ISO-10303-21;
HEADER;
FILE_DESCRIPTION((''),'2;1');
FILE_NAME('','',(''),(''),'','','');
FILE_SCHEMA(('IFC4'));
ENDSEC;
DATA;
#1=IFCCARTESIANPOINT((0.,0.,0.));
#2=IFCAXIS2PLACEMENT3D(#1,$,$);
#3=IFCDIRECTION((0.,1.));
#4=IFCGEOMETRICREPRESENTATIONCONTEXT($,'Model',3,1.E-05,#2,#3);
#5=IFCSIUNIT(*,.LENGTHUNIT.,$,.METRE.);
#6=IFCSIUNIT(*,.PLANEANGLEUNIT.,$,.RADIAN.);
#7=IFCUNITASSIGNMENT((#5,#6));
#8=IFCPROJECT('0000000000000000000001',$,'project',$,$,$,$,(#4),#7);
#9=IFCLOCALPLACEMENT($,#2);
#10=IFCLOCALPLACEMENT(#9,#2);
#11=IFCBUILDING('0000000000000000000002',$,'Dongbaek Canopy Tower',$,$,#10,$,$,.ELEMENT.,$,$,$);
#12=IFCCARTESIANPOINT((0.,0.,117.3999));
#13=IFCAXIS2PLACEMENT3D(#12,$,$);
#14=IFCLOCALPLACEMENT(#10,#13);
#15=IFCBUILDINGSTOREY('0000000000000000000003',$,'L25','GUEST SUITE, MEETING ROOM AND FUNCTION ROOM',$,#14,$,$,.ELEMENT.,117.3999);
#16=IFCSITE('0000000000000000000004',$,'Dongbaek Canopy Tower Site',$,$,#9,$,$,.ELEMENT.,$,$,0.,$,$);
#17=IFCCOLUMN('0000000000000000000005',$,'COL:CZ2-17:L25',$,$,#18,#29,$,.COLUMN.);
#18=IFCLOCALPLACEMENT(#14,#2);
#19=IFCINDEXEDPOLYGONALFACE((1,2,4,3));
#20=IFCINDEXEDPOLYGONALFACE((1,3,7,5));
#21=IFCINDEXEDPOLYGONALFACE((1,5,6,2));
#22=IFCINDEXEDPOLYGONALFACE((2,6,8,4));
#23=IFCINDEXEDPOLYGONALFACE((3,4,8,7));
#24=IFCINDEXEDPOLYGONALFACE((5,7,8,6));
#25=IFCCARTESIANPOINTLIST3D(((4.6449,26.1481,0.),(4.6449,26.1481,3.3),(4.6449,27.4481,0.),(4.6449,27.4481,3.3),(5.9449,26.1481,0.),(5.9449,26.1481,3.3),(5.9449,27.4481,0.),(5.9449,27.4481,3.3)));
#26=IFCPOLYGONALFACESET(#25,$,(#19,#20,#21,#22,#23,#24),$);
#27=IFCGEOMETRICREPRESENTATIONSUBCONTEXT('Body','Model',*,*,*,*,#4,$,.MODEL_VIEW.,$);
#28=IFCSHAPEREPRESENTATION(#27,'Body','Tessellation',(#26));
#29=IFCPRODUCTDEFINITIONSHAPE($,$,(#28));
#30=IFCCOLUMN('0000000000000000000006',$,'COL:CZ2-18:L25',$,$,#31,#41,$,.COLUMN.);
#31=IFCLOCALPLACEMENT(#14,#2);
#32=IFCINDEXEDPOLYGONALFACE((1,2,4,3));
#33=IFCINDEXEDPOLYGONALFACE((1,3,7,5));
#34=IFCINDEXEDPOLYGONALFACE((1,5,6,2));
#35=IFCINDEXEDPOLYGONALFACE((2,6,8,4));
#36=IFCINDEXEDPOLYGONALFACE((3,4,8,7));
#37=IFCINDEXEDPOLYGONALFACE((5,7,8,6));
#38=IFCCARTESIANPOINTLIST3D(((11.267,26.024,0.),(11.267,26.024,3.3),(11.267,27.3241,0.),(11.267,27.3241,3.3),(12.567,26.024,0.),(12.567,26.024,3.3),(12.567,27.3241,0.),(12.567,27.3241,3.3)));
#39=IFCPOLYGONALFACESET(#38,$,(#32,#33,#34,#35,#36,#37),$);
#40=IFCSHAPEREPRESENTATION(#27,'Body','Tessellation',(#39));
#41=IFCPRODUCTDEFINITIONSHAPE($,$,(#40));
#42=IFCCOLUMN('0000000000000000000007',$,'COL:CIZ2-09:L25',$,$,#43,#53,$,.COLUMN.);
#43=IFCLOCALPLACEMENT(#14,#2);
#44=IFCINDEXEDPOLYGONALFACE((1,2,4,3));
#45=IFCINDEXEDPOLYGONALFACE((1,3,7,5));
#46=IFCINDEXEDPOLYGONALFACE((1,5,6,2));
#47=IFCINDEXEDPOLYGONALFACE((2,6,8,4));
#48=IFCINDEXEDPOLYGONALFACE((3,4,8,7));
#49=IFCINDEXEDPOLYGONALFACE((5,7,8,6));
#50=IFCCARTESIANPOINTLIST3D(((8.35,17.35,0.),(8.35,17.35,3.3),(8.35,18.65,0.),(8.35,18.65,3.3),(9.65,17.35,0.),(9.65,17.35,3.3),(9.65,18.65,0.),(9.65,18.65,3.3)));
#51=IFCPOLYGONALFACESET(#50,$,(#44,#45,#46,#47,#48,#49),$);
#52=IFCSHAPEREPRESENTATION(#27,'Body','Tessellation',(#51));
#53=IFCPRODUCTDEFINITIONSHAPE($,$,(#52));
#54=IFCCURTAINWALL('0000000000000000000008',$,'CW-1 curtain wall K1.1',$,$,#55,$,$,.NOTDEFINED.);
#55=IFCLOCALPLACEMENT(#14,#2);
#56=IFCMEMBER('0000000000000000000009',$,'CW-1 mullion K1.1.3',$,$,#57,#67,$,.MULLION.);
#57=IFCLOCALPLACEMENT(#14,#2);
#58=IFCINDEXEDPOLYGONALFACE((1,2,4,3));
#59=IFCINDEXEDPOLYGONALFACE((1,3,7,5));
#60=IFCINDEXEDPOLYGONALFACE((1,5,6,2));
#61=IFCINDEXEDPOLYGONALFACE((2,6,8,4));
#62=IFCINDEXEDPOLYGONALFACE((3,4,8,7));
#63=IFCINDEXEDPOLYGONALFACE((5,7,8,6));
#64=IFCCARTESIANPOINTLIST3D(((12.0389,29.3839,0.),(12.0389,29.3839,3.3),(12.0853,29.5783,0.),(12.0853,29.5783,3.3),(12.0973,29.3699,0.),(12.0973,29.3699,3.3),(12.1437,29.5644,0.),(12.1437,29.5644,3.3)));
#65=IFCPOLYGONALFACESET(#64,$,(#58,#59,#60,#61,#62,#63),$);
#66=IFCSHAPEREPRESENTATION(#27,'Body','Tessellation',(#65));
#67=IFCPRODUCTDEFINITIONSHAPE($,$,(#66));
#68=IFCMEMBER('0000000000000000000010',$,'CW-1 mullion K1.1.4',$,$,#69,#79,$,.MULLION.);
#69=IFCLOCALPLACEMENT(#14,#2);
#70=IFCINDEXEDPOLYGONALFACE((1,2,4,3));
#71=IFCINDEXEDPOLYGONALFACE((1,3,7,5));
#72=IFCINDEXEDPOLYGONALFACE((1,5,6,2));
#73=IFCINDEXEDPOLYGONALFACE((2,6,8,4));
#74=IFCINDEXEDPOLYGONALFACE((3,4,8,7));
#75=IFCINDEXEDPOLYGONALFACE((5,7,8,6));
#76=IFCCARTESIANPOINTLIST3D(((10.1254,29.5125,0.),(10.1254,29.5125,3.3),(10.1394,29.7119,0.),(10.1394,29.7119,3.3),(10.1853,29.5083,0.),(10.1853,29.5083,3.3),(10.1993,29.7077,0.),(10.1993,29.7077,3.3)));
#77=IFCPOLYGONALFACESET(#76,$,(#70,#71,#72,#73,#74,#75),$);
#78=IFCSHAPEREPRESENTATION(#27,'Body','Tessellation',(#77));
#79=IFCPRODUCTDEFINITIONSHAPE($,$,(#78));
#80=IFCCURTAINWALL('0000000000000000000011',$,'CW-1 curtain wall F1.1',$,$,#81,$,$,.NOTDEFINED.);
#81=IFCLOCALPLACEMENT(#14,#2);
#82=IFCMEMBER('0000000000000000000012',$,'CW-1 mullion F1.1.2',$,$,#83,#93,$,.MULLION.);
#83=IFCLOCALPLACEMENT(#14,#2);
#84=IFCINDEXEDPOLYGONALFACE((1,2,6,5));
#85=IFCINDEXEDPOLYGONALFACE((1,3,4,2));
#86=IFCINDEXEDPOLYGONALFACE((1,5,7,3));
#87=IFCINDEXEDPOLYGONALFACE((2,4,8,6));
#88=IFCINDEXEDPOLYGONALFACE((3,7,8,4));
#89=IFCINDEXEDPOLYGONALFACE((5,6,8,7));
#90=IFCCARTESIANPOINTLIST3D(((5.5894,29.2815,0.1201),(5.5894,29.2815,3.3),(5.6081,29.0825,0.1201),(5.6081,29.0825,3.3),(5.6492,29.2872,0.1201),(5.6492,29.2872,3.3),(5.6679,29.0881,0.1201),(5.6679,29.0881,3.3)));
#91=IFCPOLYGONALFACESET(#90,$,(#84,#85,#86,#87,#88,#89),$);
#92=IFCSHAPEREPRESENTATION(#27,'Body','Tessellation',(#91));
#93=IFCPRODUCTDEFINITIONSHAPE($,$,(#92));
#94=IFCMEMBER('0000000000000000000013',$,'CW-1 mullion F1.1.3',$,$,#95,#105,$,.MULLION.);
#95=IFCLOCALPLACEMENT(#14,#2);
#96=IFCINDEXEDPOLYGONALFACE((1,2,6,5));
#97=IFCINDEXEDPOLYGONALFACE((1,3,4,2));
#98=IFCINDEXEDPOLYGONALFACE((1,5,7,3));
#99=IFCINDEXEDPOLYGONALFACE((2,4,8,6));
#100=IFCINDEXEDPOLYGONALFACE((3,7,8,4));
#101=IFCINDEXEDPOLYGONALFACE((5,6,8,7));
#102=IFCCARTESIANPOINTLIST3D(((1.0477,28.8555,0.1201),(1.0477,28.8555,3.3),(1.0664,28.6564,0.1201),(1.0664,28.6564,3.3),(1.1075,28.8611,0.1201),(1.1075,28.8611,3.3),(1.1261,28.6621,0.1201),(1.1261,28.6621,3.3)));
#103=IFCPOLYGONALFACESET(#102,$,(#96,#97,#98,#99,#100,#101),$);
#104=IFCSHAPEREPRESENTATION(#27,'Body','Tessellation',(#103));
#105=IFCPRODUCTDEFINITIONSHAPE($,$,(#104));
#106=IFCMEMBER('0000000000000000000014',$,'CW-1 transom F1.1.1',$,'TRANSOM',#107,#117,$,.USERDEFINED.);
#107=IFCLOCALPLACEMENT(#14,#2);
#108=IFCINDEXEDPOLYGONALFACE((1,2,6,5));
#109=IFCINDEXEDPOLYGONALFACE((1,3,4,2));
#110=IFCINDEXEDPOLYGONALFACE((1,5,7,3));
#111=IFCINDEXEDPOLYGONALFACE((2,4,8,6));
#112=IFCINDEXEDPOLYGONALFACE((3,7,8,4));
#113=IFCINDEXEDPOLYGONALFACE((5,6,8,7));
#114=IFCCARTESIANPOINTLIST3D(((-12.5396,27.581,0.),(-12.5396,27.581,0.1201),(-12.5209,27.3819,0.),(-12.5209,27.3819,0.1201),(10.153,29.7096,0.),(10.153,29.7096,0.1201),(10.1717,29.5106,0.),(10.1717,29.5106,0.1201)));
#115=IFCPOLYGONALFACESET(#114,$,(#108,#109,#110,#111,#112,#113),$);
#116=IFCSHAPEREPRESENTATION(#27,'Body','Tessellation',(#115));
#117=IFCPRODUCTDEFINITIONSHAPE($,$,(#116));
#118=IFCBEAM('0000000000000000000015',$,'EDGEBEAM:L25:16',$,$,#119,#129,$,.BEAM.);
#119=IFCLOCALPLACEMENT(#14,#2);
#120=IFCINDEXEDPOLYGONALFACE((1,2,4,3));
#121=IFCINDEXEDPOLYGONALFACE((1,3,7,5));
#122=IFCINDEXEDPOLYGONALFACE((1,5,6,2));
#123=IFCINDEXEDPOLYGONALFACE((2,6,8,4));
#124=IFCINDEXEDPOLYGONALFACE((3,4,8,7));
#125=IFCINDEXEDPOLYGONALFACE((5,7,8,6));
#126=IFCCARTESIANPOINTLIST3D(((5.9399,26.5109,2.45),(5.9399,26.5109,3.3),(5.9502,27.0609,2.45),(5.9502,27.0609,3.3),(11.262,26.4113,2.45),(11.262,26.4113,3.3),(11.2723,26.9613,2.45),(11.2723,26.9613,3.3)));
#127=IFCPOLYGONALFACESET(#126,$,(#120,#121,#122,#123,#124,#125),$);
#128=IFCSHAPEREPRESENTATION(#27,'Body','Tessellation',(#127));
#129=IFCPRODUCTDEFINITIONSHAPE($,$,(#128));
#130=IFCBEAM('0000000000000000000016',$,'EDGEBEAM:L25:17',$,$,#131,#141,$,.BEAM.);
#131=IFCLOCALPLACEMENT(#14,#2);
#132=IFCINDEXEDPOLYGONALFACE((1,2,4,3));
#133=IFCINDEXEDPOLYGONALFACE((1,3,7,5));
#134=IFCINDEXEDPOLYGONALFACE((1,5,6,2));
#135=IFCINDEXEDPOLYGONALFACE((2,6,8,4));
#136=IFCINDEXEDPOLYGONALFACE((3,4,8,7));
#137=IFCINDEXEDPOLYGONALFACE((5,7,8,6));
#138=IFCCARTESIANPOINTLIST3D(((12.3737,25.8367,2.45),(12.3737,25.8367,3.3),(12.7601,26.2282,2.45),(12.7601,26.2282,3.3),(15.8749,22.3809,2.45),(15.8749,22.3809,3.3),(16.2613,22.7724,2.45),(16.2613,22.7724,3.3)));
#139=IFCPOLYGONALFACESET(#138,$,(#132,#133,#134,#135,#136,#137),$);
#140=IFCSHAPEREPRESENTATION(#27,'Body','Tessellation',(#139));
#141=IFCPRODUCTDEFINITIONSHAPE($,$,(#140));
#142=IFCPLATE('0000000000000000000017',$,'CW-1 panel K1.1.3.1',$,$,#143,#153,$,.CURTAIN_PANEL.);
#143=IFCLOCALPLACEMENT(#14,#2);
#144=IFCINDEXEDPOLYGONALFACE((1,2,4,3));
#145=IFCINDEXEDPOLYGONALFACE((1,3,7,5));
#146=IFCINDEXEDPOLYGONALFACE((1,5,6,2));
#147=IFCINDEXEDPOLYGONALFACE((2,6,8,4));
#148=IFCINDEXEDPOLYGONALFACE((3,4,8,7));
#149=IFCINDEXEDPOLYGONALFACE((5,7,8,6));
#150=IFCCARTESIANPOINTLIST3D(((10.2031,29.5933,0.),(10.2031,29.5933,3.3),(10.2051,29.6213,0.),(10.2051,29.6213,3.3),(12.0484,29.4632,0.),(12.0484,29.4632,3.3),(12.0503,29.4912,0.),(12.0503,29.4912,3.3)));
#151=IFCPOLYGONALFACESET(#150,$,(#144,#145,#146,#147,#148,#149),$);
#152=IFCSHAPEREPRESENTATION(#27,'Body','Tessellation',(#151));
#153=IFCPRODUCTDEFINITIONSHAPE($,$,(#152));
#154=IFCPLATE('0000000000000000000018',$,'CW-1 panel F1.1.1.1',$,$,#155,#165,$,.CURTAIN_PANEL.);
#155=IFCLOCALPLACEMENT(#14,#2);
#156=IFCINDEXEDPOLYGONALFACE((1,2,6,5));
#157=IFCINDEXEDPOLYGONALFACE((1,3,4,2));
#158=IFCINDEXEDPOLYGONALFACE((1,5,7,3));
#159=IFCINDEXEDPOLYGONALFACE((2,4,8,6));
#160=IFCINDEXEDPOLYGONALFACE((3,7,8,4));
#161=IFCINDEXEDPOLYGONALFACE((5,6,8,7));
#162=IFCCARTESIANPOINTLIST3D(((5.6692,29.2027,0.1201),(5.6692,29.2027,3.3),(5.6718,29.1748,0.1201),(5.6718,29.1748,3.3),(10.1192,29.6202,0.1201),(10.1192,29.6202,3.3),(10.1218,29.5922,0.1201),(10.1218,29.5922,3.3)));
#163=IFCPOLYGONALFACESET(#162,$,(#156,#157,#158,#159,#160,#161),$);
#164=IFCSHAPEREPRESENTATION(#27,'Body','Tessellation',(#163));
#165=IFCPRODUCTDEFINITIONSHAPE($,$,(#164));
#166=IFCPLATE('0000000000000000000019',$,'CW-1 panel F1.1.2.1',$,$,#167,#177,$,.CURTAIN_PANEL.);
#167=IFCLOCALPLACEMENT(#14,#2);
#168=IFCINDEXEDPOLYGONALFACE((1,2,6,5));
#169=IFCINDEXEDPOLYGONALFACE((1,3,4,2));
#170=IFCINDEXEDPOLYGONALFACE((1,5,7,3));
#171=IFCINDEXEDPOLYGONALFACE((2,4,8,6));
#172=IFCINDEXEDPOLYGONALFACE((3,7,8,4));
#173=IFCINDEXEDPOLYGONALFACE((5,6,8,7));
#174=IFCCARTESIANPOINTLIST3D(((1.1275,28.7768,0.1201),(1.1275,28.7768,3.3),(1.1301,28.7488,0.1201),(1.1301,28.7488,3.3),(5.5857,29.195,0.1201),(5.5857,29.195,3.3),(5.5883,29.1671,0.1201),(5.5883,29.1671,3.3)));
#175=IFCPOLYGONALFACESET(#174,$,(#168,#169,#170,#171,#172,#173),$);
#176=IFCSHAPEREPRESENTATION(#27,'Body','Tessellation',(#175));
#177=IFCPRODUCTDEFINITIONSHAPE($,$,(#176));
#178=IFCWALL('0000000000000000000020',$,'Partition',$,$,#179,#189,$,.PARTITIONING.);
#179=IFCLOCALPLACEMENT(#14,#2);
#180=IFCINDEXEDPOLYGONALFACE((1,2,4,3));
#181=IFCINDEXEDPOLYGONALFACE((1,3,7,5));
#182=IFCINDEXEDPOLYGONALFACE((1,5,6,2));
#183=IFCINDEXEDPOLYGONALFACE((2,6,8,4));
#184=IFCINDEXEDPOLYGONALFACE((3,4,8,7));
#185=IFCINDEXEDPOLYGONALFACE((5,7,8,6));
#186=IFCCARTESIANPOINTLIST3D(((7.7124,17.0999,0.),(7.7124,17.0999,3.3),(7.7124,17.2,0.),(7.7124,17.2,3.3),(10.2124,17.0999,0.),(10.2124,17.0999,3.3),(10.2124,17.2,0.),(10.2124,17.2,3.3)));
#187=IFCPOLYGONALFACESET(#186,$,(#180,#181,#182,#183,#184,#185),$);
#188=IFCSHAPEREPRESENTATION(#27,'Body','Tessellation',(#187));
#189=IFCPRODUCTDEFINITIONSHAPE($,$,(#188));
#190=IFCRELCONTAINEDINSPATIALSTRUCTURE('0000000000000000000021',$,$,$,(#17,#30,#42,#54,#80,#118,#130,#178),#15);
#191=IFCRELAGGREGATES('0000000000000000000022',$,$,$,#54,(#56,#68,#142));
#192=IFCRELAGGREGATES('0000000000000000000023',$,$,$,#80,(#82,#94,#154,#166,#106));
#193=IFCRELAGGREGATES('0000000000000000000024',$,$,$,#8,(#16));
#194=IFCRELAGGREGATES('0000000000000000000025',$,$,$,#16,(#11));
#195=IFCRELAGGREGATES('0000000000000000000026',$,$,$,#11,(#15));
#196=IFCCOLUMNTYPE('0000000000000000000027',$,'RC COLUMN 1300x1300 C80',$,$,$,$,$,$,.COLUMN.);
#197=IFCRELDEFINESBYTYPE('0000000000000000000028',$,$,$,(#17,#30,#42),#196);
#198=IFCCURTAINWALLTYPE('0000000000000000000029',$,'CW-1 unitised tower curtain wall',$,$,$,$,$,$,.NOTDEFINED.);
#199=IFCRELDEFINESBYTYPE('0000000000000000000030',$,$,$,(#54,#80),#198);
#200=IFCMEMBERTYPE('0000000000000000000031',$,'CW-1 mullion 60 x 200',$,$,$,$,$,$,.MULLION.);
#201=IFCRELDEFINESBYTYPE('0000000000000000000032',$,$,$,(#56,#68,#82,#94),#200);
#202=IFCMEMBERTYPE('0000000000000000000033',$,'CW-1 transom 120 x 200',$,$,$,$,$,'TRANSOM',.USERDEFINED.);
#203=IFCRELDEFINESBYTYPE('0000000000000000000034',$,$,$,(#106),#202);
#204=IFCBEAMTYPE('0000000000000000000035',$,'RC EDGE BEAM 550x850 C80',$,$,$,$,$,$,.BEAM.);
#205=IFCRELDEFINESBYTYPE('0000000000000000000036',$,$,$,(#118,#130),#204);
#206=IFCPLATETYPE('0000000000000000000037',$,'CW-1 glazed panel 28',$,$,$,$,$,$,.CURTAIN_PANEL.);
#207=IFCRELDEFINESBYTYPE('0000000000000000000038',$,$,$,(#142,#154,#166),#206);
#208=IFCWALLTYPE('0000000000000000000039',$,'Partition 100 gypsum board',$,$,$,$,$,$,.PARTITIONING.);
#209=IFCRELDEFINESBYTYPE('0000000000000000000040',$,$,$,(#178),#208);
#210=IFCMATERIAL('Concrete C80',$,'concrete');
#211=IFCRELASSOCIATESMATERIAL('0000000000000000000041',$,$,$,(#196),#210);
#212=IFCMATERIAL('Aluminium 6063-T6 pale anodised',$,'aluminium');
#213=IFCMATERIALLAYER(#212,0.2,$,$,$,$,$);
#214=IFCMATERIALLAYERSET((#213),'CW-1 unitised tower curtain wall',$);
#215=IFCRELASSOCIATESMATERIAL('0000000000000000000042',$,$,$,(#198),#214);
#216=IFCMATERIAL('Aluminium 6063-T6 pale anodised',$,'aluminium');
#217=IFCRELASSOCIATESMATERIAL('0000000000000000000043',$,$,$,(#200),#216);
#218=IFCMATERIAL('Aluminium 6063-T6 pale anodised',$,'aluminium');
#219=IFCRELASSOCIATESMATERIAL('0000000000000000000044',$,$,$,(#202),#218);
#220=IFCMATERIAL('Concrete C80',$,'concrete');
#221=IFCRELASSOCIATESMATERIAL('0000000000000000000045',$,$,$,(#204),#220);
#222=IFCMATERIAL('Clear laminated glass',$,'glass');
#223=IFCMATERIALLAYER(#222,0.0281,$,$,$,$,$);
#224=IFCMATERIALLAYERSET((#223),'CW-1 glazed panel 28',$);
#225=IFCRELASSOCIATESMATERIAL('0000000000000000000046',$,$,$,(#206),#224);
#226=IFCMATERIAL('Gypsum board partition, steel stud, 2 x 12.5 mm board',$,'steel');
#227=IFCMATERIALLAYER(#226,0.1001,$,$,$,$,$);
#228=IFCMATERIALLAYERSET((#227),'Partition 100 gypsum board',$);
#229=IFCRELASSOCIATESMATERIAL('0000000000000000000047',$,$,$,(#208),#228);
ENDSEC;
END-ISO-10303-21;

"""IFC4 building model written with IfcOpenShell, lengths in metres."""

from ifc_helpers import new_model, si_unit, direction, frame, frame_2d, origin, origin_2d, place, context, subcontext, project, spatial, rectangle, extrude, material, layer, layer_set, material_profile, profile_set, type_object, element, aggregate, save


model = new_model("IFC4")

# Units and contexts
model_context = context("Model", 3, precision=1e-05, world=origin(), true_north=direction((0.0, 1.0)))
body_context = subcontext(model_context, "Body", "Model", "MODEL_VIEW")
ifc_project = project(units=[si_unit("LENGTHUNIT", "METRE"), si_unit("PLANEANGLEUNIT", "RADIAN")], contexts=[model_context])

# Site, building, storey
site_placement = place(None, origin())
site = spatial("IfcSite", under=ifc_project, at=site_placement, Name="Dongbaek Canopy Tower Site", CompositionType="ELEMENT", RefElevation=0.0)
building_placement = place(site_placement, origin())
building = spatial("IfcBuilding", under=site, at=building_placement, Name="Dongbaek Canopy Tower", CompositionType="ELEMENT")
storey_placement = place(building_placement, frame((0.0, 0.0, 117.3999)))
storey = spatial("IfcBuildingStorey", under=building, at=storey_placement, Name="L25", Description="GUEST SUITE, MEETING ROOM AND FUNCTION ROOM", CompositionType="ELEMENT", Elevation=117.3999)

# Columns
ifc_material_1 = material(Name="Concrete C80", Category="concrete")
ifc_material_profile_1 = material_profile(ifc_material_1, rectangle(XDim=1.3, YDim=1.3, at=origin_2d()), Name="RC COLUMN 1300x1300 C80")
ifc_profile_set_1 = profile_set([ifc_material_profile_1], Name="Concrete C80")
column_type = type_object("IfcColumnType", Name="RC COLUMN 1300x1300 C80", PredefinedType="COLUMN", material=ifc_profile_set_1)
for number, where, z_axis, x_axis, name in (
    (1, (5.2949, 26.7981, 0.0), (0.0, 0.0, 1.0), (1.0, 0.0, 0.0), "COL:CZ2-17:L25"),
    (2, (11.917, 26.6741, 0.0), (0.0, 0.0, 1.0), (1.0, 0.0, 0.0), "COL:CZ2-18:L25"),
    (3, (9.0, 18.0, 0.0), (0.0, 0.0, 1.0), (1.0, 0.0, 0.0), "COL:CIZ2-09:L25"),
):
    element("IfcColumn", number, at=place(storey_placement, frame(where, z_axis=z_axis, x_axis=x_axis)), inside=storey, type_object=column_type, Name=name, PredefinedType="COLUMN", context=body_context, shape_type="SweptSolid", body=[
        extrude(rectangle(XDim=1.3, YDim=1.3, at=origin_2d()), origin(), (0.0, 0.0, 1.0), 3.3),
    ])

# Curtain walls, members
ifc_material_2 = material(Name="Aluminium 6063-T6 pale anodised", Category="aluminium")
ifc_layer_1 = layer(ifc_material_2, 0.2)
ifc_layer_set_1 = layer_set([ifc_layer_1], Name="CW-1 unitised tower curtain wall")
curtain_wall_type = type_object("IfcCurtainWallType", Name="CW-1 unitised tower curtain wall", PredefinedType="NOTDEFINED", material=ifc_layer_set_1)
curtain_wall_1_placement = place(storey_placement, origin())
curtain_wall_1 = element("IfcCurtainWall", 4, at=curtain_wall_1_placement, inside=storey, type_object=curtain_wall_type, Name="CW-1 curtain wall K1.1", PredefinedType="NOTDEFINED")
ifc_material_3 = material(Name="Aluminium 6063-T6 pale anodised", Category="aluminium")
ifc_material_profile_2 = material_profile(ifc_material_3, rectangle(XDim=0.2, YDim=0.0601, at=origin_2d()), Name="CW-1 mullion 60 x 200")
ifc_profile_set_2 = profile_set([ifc_material_profile_2], Name="Aluminium 6063-T6 pale anodised")
member_type_1 = type_object("IfcMemberType", Name="CW-1 mullion 60 x 200", PredefinedType="MULLION", material=ifc_profile_set_2)
member_1_placement = place(storey_placement, frame((12.0913, 29.4741, 0.0), z_axis=(0.0, 0.0, 1.0), x_axis=(0.232218, 0.972664, 0.0)))
member_1 = element("IfcMember", 5, at=member_1_placement, type_object=member_type_1, Name="CW-1 mullion K1.1.3", PredefinedType="MULLION", context=body_context, shape_type="SweptSolid", body=[
    extrude(rectangle(XDim=0.2, YDim=0.0601, at=origin_2d()), origin(), (0.0, 0.0, 1.0), 3.3),
])
member_2_placement = place(storey_placement, frame((10.1624, 29.6101, 0.0), z_axis=(0.0, 0.0, 1.0), x_axis=(0.070354, 0.997522, 0.0)))
member_2 = element("IfcMember", 6, at=member_2_placement, type_object=member_type_1, Name="CW-1 mullion K1.1.4", PredefinedType="MULLION", context=body_context, shape_type="SweptSolid", body=[
    extrude(rectangle(XDim=0.2, YDim=0.0601, at=origin_2d()), origin(), (0.0, 0.0, 1.0), 3.3),
])
curtain_wall_2_placement = place(storey_placement, origin())
curtain_wall_2 = element("IfcCurtainWall", 7, at=curtain_wall_2_placement, inside=storey, type_object=curtain_wall_type, Name="CW-1 curtain wall F1.1", PredefinedType="NOTDEFINED")
member_3_placement = place(storey_placement, frame((5.6287, 29.1848, 0.1201), z_axis=(0.0, 0.0, 1.0), x_axis=(-0.093398, 0.995629, 0.0)))
member_3 = element("IfcMember", 8, at=member_3_placement, type_object=member_type_1, Name="CW-1 mullion F1.1.2", PredefinedType="MULLION", context=body_context, shape_type="SweptSolid", body=[
    extrude(rectangle(XDim=0.2, YDim=0.0601, at=origin_2d()), origin(), (0.0, 0.0, 1.0), 3.1799),
])
member_4_placement = place(storey_placement, frame((1.0869, 28.7588, 0.1201), z_axis=(0.0, 0.0, 1.0), x_axis=(-0.093398, 0.995629, 0.0)))
member_4 = element("IfcMember", 9, at=member_4_placement, type_object=member_type_1, Name="CW-1 mullion F1.1.3", PredefinedType="MULLION", context=body_context, shape_type="SweptSolid", body=[
    extrude(rectangle(XDim=0.2, YDim=0.0601, at=origin_2d()), origin(), (0.0, 0.0, 1.0), 3.1799),
])
ifc_material_4 = material(Name="Aluminium 6063-T6 pale anodised", Category="aluminium")
ifc_material_profile_3 = material_profile(ifc_material_4, rectangle(XDim=0.2, YDim=0.1201, at=origin_2d()), Name="CW-1 transom 120 x 200")
ifc_profile_set_3 = profile_set([ifc_material_profile_3], Name="Aluminium 6063-T6 pale anodised")
member_type_2 = type_object("IfcMemberType", Name="CW-1 transom 120 x 200", ElementType="TRANSOM", PredefinedType="USERDEFINED", material=ifc_profile_set_3)
member_5_placement = place(storey_placement, frame((10.1624, 29.6101, 0.0601), z_axis=(-0.995629, -0.093394, 0.0), x_axis=(0.093394, -0.995629, 0.0)))
member_5 = element("IfcMember", 10, at=member_5_placement, type_object=member_type_2, Name="CW-1 transom F1.1.1", ObjectType="TRANSOM", PredefinedType="USERDEFINED", context=body_context, shape_type="SweptSolid", body=[
    extrude(rectangle(XDim=0.2, YDim=0.1201, at=origin_2d()), origin(), (0.0, 0.0, 1.0), 22.7922),
])

# Beams
ifc_material_5 = material(Name="Concrete C80", Category="concrete")
ifc_material_profile_4 = material_profile(ifc_material_5, rectangle(XDim=0.55, YDim=0.8501, at=origin_2d()), Name="RC EDGE BEAM 550x850 C80")
ifc_profile_set_4 = profile_set([ifc_material_profile_4], Name="Concrete C80")
beam_type = type_object("IfcBeamType", Name="RC EDGE BEAM 550x850 C80", PredefinedType="BEAM", material=ifc_profile_set_4)
beam_1_placement = place(storey_placement, frame((5.9451, 26.7859, 2.875), z_axis=(0.999825, -0.018713, 0.0), x_axis=(0.018713, 0.999825, 0.0)))
element("IfcBeam", 11, at=beam_1_placement, inside=storey, type_object=beam_type, Name="EDGEBEAM:L25:16", PredefinedType="BEAM", context=body_context, shape_type="SweptSolid", body=[
    extrude(rectangle(XDim=0.55, YDim=0.8501, at=origin_2d()), origin(), (0.0, 0.0, 1.0), 5.323),
])
beam_2_placement = place(storey_placement, frame((12.5669, 26.0325, 2.875), z_axis=(0.711707, -0.702476, 0.0), x_axis=(0.702476, 0.711707, 0.0)))
element("IfcBeam", 12, at=beam_2_placement, inside=storey, type_object=beam_type, Name="EDGEBEAM:L25:17", PredefinedType="BEAM", context=body_context, shape_type="SweptSolid", body=[
    extrude(rectangle(XDim=0.55, YDim=0.8501, at=origin_2d()), origin(), (0.0, 0.0, 1.0), 4.9194),
])

# Plates
ifc_material_6 = material(Name="Clear laminated glass", Category="glass")
ifc_layer_2 = layer(ifc_material_6, 0.0281)
ifc_layer_set_2 = layer_set([ifc_layer_2], Name="CW-1 glazed panel 28")
plate_type = type_object("IfcPlateType", Name="CW-1 glazed panel 28", PredefinedType="CURTAIN_PANEL", material=ifc_layer_set_2)
plate_1_placement = place(storey_placement, frame((11.1267, 29.5422, 0.0), z_axis=(0.0, 0.0, 1.0), x_axis=(-0.997522, 0.070354, 0.0)))
plate_1 = element("IfcPlate", 13, at=plate_1_placement, type_object=plate_type, Name="CW-1 panel K1.1.3.1", PredefinedType="CURTAIN_PANEL", context=body_context, shape_type="SweptSolid", body=[
    extrude(rectangle(XDim=1.8499, YDim=0.0281, at=origin_2d()), origin(), (0.0, 0.0, 1.0), 3.3),
])
aggregate(curtain_wall_1, [member_1, member_2, plate_1])
plate_2_placement = place(storey_placement, frame((7.8955, 29.3975, 0.1201), z_axis=(0.0, 0.0, 1.0), x_axis=(-0.995629, -0.093398, 0.0)))
plate_2 = element("IfcPlate", 14, at=plate_2_placement, type_object=plate_type, Name="CW-1 panel F1.1.1.1", PredefinedType="CURTAIN_PANEL", context=body_context, shape_type="SweptSolid", body=[
    extrude(rectangle(XDim=4.4695, YDim=0.0281, at=origin_2d()), origin(), (0.0, 0.0, 1.0), 3.1799),
])
plate_3_placement = place(storey_placement, frame((3.3579, 28.9719, 0.1201), z_axis=(0.0, 0.0, 1.0), x_axis=(-0.995629, -0.093398, 0.0)))
plate_3 = element("IfcPlate", 15, at=plate_3_placement, type_object=plate_type, Name="CW-1 panel F1.1.2.1", PredefinedType="CURTAIN_PANEL", context=body_context, shape_type="SweptSolid", body=[
    extrude(rectangle(XDim=4.4778, YDim=0.0281, at=origin_2d()), origin(), (0.0, 0.0, 1.0), 3.1799),
])

# Wall
ifc_material_7 = material(Name="Gypsum board partition, steel stud, 2 x 12.5 mm board", Category="steel")
ifc_layer_3 = layer(ifc_material_7, 0.1001)
ifc_layer_set_3 = layer_set([ifc_layer_3], Name="Partition 100 gypsum board")
wall_type = type_object("IfcWallType", Name="Partition 100 gypsum board", PredefinedType="PARTITIONING", material=ifc_layer_set_3)
wall_1_placement = place(storey_placement, frame((7.7124, 17.1499, 0.0), z_axis=(0.0, 0.0, 1.0), x_axis=(1.0, 0.0, 0.0)))
element("IfcWall", 16, at=wall_1_placement, inside=storey, type_object=wall_type, Name="Partition", PredefinedType="PARTITIONING", context=body_context, shape_type="SweptSolid", body=[
    extrude(rectangle(XDim=2.5, YDim=0.1001, at=frame_2d((1.25, 0.0))), origin(), (0.0, 0.0, 1.0), 3.3),
])

aggregate(curtain_wall_2, [member_3, member_4, plate_2, plate_3, member_5])

save(model, "model.ifc")
